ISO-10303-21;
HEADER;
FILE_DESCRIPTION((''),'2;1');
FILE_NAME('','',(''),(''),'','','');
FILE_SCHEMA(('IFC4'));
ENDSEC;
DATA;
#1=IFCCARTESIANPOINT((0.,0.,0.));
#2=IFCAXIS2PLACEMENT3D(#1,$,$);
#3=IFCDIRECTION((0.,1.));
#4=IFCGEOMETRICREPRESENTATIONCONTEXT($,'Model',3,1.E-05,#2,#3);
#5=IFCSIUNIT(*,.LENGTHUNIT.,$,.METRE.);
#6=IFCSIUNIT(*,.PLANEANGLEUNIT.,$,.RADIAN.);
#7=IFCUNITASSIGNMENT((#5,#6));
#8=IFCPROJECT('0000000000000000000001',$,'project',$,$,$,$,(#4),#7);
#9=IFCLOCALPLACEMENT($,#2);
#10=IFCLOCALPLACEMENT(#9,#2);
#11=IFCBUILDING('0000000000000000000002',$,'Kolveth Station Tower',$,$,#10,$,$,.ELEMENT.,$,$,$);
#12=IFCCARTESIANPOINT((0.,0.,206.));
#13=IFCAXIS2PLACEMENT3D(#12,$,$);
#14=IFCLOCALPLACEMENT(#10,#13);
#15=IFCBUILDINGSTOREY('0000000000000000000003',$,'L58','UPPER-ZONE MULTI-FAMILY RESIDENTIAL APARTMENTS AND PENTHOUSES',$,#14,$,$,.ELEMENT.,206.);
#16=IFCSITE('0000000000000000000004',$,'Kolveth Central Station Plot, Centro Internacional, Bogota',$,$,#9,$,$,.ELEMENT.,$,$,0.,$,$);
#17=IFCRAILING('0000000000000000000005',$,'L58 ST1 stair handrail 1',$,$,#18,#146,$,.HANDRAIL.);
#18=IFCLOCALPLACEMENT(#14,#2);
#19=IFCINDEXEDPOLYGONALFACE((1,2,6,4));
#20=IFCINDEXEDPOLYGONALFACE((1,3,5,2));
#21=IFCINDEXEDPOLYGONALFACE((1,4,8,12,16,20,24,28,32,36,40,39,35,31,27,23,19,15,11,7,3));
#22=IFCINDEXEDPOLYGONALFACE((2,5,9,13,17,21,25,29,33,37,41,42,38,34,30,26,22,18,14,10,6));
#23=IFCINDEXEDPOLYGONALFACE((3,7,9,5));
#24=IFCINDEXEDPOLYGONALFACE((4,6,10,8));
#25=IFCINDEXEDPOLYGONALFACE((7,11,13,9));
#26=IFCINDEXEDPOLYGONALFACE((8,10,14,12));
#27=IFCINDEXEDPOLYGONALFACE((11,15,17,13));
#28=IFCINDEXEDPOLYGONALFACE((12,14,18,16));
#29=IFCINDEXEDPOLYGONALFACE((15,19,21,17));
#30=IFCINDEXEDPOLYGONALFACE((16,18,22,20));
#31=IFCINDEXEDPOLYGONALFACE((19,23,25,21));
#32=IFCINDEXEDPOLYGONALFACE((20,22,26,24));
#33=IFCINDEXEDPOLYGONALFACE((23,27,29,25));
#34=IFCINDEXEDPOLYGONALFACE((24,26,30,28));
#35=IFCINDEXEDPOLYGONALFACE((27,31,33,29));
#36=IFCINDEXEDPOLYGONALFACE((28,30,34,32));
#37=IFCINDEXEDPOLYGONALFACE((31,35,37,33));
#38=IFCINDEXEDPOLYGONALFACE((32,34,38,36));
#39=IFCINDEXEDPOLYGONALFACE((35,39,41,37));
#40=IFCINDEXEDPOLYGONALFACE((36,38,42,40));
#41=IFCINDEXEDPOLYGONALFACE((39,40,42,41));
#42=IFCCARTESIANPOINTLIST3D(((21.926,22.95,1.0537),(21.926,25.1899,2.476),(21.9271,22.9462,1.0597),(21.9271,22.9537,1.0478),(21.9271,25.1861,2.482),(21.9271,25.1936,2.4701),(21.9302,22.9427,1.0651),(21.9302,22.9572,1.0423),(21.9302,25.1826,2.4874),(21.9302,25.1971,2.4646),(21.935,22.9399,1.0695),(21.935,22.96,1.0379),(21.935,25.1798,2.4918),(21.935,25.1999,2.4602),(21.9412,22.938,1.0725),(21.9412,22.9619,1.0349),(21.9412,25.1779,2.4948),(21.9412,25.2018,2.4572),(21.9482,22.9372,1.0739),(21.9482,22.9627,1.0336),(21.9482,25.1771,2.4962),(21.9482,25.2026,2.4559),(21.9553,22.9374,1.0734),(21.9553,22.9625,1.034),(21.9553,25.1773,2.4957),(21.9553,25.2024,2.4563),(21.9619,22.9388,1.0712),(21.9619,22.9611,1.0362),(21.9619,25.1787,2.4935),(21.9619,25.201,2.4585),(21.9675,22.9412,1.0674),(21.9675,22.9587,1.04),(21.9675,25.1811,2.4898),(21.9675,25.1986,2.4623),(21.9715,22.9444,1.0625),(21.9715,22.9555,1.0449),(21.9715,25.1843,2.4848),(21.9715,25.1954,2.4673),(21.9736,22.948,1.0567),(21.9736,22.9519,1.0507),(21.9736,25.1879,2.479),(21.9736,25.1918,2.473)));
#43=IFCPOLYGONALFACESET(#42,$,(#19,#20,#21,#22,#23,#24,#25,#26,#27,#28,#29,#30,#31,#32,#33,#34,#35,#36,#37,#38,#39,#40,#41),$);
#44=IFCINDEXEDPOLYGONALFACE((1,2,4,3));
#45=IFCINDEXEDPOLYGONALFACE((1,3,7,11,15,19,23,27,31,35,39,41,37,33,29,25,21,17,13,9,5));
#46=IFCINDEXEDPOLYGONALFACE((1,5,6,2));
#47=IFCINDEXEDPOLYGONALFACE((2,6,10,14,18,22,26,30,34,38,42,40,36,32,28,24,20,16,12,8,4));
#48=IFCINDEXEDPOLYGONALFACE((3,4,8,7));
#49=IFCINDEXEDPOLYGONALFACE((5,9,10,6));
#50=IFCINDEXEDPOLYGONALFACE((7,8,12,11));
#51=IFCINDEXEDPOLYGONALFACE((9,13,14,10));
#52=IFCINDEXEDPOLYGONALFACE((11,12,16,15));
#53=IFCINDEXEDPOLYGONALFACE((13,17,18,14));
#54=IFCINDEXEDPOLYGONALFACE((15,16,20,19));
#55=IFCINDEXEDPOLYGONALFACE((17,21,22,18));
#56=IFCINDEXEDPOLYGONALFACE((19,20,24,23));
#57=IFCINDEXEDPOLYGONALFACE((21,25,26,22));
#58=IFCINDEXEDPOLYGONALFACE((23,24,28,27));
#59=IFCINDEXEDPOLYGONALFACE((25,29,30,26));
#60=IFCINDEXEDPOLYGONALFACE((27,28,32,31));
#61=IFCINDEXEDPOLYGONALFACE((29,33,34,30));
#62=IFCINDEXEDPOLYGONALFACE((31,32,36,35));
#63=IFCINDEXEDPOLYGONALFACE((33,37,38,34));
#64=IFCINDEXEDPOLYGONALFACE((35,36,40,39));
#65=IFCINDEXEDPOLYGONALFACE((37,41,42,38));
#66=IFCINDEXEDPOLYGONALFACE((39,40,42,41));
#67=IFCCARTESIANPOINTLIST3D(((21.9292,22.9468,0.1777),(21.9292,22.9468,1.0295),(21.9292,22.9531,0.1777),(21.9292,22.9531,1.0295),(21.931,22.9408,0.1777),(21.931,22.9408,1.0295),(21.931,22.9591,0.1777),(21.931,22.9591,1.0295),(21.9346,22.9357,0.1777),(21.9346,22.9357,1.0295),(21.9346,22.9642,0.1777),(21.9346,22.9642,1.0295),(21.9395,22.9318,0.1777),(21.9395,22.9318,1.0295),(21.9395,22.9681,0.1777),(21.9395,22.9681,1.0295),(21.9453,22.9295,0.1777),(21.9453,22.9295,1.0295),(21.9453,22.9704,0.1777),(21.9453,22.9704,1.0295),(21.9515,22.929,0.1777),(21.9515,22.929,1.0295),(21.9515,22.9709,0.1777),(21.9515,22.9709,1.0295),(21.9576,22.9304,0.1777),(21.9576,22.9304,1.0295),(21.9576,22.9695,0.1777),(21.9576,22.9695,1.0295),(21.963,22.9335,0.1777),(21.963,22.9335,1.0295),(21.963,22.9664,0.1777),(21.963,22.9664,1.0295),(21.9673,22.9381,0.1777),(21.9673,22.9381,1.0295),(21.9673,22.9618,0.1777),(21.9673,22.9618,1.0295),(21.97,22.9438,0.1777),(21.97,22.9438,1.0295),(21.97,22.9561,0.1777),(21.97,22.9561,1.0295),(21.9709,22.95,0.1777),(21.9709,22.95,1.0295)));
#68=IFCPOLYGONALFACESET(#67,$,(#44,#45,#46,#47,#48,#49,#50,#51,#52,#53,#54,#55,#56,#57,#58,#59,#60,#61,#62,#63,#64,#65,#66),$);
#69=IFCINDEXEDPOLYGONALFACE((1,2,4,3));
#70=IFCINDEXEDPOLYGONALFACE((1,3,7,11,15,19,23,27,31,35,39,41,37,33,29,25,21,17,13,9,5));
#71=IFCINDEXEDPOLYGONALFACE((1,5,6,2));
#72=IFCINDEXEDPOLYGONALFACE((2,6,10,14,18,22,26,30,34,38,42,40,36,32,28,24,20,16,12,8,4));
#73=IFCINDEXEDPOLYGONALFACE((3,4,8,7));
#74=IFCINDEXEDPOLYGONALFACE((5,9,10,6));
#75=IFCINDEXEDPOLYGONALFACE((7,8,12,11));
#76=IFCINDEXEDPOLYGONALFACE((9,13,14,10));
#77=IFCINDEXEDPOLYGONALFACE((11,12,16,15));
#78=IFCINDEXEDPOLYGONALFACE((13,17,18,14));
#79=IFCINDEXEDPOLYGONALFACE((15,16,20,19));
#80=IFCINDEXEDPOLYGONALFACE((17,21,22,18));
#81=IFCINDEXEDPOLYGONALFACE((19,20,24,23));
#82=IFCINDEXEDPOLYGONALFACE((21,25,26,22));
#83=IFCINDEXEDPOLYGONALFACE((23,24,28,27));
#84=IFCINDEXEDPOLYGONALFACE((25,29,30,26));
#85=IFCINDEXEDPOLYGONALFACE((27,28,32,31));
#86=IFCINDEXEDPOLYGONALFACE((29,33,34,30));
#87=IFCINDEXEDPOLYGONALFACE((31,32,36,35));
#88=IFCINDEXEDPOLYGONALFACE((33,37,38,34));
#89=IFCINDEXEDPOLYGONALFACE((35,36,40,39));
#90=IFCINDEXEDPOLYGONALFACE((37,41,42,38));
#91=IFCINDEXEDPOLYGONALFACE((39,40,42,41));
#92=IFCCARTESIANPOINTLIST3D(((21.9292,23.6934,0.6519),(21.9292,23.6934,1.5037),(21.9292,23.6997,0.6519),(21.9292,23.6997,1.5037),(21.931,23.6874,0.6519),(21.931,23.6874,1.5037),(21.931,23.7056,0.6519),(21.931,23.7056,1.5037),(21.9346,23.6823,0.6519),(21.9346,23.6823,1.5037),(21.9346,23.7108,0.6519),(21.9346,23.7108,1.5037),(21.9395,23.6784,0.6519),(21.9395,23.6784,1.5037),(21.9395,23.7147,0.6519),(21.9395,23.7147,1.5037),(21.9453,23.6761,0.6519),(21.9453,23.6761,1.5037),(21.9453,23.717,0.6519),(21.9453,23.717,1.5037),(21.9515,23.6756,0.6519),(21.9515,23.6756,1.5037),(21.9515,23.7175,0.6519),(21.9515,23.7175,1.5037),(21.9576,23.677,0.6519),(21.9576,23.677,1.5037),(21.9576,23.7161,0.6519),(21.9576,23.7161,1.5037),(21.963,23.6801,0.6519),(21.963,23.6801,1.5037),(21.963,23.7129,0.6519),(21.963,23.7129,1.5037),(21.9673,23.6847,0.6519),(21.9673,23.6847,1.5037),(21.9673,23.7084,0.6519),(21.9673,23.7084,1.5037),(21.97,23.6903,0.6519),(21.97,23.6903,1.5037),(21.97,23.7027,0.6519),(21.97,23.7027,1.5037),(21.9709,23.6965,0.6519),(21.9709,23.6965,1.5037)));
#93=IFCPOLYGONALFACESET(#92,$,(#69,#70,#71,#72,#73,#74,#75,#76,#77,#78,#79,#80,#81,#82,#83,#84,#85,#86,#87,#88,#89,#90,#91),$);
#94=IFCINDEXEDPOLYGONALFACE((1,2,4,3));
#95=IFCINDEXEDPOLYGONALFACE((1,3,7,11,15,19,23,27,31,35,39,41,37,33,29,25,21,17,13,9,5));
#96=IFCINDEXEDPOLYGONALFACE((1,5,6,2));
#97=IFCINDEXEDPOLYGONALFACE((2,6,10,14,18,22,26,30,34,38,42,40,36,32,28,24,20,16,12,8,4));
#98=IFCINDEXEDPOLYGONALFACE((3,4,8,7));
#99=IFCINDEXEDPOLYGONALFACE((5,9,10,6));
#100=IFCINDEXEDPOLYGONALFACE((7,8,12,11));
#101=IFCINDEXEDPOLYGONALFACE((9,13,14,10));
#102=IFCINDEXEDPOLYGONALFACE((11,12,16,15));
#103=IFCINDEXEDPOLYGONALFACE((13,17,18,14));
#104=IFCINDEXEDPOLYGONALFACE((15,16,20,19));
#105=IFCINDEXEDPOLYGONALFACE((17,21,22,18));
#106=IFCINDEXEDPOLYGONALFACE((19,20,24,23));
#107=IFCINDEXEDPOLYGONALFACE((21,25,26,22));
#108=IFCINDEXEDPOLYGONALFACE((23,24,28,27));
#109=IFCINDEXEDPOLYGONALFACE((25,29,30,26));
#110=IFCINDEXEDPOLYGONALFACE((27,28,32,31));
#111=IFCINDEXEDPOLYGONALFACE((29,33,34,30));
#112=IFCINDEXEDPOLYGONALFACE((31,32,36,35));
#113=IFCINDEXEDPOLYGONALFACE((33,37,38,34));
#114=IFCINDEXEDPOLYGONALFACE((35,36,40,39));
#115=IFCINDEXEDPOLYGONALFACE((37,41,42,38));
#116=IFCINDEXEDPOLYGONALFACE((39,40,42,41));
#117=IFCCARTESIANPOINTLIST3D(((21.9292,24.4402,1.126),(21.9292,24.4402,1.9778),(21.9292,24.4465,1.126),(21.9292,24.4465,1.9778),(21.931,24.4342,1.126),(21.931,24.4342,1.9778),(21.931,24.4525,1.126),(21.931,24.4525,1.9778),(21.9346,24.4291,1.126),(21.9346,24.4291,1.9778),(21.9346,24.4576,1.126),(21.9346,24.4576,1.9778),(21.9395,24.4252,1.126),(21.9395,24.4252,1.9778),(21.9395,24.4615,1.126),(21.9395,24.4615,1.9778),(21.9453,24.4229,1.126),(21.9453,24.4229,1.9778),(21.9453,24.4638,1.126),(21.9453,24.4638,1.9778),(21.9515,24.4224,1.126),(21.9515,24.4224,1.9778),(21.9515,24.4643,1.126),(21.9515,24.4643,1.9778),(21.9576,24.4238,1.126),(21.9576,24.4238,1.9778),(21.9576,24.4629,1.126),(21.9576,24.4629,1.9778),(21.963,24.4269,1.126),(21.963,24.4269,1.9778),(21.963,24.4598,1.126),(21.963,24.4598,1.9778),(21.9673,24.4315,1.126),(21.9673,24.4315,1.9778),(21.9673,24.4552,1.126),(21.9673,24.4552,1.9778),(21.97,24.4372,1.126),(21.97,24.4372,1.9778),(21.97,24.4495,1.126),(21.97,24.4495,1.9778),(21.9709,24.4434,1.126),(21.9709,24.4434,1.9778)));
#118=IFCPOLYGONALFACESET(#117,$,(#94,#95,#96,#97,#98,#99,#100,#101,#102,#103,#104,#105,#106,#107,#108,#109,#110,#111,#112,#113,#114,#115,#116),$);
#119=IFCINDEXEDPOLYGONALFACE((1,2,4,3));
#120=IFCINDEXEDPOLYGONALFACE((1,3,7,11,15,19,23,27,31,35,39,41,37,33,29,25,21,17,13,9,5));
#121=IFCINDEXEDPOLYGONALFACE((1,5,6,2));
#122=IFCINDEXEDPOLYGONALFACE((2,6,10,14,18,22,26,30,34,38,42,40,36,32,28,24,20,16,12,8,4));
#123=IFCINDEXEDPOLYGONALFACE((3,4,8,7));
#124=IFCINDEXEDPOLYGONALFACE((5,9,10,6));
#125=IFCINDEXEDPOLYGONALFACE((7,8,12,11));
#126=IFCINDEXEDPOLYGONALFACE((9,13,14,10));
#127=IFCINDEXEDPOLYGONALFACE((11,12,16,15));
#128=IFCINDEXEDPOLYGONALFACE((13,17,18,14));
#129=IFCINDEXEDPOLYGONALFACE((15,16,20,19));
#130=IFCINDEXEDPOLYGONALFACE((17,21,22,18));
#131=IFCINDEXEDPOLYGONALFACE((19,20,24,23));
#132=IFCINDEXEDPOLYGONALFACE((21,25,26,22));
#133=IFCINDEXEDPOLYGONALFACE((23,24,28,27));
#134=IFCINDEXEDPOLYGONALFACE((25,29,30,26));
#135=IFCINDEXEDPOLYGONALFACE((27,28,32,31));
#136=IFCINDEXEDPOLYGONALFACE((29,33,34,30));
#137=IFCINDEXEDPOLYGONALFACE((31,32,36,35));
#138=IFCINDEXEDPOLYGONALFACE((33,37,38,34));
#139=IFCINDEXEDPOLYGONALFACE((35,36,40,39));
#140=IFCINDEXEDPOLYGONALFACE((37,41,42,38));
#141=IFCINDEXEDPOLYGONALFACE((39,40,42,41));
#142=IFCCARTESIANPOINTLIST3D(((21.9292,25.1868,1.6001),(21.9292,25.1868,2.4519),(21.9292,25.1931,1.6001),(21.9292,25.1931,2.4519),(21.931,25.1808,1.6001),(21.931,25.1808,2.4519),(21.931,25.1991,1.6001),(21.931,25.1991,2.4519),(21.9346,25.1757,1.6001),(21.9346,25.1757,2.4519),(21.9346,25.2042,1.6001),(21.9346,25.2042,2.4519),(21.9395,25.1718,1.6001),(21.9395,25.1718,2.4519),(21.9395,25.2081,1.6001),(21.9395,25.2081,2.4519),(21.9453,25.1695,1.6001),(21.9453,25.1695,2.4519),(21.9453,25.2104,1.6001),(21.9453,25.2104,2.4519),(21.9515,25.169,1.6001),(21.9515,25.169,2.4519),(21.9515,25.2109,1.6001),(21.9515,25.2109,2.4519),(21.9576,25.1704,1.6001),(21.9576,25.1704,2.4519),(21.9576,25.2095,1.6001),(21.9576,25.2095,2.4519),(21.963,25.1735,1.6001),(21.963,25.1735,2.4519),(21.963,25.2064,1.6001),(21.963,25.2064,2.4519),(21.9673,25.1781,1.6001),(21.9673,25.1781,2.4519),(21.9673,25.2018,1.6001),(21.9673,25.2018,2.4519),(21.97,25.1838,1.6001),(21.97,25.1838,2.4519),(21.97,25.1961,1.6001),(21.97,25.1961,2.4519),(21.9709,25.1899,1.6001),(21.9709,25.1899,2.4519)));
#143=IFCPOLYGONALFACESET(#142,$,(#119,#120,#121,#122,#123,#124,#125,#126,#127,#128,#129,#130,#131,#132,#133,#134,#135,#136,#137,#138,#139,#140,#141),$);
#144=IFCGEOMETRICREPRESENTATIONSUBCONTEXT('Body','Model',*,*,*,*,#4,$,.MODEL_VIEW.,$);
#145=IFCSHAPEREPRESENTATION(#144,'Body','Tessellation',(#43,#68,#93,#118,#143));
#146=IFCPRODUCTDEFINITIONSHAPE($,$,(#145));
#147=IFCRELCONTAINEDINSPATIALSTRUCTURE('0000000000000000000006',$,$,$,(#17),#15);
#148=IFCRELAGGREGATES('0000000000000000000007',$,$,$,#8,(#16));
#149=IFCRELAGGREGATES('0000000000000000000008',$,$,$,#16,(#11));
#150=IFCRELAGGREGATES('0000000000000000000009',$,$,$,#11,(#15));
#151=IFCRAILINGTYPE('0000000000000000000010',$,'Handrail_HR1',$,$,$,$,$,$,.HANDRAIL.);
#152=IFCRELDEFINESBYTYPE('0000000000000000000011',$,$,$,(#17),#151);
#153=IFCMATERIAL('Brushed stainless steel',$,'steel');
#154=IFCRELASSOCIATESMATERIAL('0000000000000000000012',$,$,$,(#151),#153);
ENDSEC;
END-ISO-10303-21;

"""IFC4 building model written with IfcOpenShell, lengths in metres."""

from ifc_helpers import new_model, si_unit, direction, frame, origin, origin_2d, place, context, subcontext, project, spatial, circle, extrude, material, type_object, element, save


model = new_model("IFC4")

# Units and contexts
model_context = context("Model", 3, precision=1e-05, world=origin(), true_north=direction((0.0, 1.0)))
body_context = subcontext(model_context, "Body", "Model", "MODEL_VIEW")
ifc_project = project(units=[si_unit("LENGTHUNIT", "METRE"), si_unit("PLANEANGLEUNIT", "RADIAN")], contexts=[model_context])

# Site, building, storey
site_placement = place(None, origin())
site = spatial("IfcSite", under=ifc_project, at=site_placement, Name="Kolveth Central Station Plot, Centro Internacional, Bogota", CompositionType="ELEMENT", RefElevation=0.0)
building_placement = place(site_placement, origin())
building = spatial("IfcBuilding", under=site, at=building_placement, Name="Kolveth Station Tower", CompositionType="ELEMENT")
storey_placement = place(building_placement, frame((0.0, 0.0, 206.0)))
storey = spatial("IfcBuildingStorey", under=building, at=storey_placement, Name="L58", Description="UPPER-ZONE MULTI-FAMILY RESIDENTIAL APARTMENTS AND PENTHOUSES", CompositionType="ELEMENT", Elevation=206.0)

# Railing
ifc_material_1 = material(Name="Brushed stainless steel", Category="steel")
railing_type_1 = type_object("IfcRailingType", Name="Handrail_HR1", PredefinedType="HANDRAIL", material=ifc_material_1)
railing_1_placement = place(storey_placement, frame((21.95, 22.95, 0.1777)))
element("IfcRailing", 1, at=railing_1_placement, inside=storey, type_object=railing_type_1, Name="L58 ST1 stair handrail 1", PredefinedType="HANDRAIL", context=body_context, shape_type="SweptSolid", body=[
    extrude(circle(Radius=0.0239, at=origin_2d()), frame((0.0, 0.0, 0.876), z_axis=(0.0, 0.844188, 0.536048), x_axis=(-1.0, 0.0, 0.0)), (0.0, 0.0, 1.0), 2.6533),
    extrude(circle(Radius=0.021, at=origin_2d()), origin(), (0.0, 0.0, 1.0), 0.8518),
    extrude(circle(Radius=0.021, at=origin_2d()), frame((0.0, 0.7466, 0.4741)), (0.0, 0.0, 1.0), 0.8518),
    extrude(circle(Radius=0.021, at=origin_2d()), frame((0.0, 1.4934, 0.9482)), (0.0, 0.0, 1.0), 0.8518),
    extrude(circle(Radius=0.021, at=origin_2d()), frame((0.0, 2.24, 1.4224)), (0.0, 0.0, 1.0), 0.8518),
])

save(model, "model.ifc")
